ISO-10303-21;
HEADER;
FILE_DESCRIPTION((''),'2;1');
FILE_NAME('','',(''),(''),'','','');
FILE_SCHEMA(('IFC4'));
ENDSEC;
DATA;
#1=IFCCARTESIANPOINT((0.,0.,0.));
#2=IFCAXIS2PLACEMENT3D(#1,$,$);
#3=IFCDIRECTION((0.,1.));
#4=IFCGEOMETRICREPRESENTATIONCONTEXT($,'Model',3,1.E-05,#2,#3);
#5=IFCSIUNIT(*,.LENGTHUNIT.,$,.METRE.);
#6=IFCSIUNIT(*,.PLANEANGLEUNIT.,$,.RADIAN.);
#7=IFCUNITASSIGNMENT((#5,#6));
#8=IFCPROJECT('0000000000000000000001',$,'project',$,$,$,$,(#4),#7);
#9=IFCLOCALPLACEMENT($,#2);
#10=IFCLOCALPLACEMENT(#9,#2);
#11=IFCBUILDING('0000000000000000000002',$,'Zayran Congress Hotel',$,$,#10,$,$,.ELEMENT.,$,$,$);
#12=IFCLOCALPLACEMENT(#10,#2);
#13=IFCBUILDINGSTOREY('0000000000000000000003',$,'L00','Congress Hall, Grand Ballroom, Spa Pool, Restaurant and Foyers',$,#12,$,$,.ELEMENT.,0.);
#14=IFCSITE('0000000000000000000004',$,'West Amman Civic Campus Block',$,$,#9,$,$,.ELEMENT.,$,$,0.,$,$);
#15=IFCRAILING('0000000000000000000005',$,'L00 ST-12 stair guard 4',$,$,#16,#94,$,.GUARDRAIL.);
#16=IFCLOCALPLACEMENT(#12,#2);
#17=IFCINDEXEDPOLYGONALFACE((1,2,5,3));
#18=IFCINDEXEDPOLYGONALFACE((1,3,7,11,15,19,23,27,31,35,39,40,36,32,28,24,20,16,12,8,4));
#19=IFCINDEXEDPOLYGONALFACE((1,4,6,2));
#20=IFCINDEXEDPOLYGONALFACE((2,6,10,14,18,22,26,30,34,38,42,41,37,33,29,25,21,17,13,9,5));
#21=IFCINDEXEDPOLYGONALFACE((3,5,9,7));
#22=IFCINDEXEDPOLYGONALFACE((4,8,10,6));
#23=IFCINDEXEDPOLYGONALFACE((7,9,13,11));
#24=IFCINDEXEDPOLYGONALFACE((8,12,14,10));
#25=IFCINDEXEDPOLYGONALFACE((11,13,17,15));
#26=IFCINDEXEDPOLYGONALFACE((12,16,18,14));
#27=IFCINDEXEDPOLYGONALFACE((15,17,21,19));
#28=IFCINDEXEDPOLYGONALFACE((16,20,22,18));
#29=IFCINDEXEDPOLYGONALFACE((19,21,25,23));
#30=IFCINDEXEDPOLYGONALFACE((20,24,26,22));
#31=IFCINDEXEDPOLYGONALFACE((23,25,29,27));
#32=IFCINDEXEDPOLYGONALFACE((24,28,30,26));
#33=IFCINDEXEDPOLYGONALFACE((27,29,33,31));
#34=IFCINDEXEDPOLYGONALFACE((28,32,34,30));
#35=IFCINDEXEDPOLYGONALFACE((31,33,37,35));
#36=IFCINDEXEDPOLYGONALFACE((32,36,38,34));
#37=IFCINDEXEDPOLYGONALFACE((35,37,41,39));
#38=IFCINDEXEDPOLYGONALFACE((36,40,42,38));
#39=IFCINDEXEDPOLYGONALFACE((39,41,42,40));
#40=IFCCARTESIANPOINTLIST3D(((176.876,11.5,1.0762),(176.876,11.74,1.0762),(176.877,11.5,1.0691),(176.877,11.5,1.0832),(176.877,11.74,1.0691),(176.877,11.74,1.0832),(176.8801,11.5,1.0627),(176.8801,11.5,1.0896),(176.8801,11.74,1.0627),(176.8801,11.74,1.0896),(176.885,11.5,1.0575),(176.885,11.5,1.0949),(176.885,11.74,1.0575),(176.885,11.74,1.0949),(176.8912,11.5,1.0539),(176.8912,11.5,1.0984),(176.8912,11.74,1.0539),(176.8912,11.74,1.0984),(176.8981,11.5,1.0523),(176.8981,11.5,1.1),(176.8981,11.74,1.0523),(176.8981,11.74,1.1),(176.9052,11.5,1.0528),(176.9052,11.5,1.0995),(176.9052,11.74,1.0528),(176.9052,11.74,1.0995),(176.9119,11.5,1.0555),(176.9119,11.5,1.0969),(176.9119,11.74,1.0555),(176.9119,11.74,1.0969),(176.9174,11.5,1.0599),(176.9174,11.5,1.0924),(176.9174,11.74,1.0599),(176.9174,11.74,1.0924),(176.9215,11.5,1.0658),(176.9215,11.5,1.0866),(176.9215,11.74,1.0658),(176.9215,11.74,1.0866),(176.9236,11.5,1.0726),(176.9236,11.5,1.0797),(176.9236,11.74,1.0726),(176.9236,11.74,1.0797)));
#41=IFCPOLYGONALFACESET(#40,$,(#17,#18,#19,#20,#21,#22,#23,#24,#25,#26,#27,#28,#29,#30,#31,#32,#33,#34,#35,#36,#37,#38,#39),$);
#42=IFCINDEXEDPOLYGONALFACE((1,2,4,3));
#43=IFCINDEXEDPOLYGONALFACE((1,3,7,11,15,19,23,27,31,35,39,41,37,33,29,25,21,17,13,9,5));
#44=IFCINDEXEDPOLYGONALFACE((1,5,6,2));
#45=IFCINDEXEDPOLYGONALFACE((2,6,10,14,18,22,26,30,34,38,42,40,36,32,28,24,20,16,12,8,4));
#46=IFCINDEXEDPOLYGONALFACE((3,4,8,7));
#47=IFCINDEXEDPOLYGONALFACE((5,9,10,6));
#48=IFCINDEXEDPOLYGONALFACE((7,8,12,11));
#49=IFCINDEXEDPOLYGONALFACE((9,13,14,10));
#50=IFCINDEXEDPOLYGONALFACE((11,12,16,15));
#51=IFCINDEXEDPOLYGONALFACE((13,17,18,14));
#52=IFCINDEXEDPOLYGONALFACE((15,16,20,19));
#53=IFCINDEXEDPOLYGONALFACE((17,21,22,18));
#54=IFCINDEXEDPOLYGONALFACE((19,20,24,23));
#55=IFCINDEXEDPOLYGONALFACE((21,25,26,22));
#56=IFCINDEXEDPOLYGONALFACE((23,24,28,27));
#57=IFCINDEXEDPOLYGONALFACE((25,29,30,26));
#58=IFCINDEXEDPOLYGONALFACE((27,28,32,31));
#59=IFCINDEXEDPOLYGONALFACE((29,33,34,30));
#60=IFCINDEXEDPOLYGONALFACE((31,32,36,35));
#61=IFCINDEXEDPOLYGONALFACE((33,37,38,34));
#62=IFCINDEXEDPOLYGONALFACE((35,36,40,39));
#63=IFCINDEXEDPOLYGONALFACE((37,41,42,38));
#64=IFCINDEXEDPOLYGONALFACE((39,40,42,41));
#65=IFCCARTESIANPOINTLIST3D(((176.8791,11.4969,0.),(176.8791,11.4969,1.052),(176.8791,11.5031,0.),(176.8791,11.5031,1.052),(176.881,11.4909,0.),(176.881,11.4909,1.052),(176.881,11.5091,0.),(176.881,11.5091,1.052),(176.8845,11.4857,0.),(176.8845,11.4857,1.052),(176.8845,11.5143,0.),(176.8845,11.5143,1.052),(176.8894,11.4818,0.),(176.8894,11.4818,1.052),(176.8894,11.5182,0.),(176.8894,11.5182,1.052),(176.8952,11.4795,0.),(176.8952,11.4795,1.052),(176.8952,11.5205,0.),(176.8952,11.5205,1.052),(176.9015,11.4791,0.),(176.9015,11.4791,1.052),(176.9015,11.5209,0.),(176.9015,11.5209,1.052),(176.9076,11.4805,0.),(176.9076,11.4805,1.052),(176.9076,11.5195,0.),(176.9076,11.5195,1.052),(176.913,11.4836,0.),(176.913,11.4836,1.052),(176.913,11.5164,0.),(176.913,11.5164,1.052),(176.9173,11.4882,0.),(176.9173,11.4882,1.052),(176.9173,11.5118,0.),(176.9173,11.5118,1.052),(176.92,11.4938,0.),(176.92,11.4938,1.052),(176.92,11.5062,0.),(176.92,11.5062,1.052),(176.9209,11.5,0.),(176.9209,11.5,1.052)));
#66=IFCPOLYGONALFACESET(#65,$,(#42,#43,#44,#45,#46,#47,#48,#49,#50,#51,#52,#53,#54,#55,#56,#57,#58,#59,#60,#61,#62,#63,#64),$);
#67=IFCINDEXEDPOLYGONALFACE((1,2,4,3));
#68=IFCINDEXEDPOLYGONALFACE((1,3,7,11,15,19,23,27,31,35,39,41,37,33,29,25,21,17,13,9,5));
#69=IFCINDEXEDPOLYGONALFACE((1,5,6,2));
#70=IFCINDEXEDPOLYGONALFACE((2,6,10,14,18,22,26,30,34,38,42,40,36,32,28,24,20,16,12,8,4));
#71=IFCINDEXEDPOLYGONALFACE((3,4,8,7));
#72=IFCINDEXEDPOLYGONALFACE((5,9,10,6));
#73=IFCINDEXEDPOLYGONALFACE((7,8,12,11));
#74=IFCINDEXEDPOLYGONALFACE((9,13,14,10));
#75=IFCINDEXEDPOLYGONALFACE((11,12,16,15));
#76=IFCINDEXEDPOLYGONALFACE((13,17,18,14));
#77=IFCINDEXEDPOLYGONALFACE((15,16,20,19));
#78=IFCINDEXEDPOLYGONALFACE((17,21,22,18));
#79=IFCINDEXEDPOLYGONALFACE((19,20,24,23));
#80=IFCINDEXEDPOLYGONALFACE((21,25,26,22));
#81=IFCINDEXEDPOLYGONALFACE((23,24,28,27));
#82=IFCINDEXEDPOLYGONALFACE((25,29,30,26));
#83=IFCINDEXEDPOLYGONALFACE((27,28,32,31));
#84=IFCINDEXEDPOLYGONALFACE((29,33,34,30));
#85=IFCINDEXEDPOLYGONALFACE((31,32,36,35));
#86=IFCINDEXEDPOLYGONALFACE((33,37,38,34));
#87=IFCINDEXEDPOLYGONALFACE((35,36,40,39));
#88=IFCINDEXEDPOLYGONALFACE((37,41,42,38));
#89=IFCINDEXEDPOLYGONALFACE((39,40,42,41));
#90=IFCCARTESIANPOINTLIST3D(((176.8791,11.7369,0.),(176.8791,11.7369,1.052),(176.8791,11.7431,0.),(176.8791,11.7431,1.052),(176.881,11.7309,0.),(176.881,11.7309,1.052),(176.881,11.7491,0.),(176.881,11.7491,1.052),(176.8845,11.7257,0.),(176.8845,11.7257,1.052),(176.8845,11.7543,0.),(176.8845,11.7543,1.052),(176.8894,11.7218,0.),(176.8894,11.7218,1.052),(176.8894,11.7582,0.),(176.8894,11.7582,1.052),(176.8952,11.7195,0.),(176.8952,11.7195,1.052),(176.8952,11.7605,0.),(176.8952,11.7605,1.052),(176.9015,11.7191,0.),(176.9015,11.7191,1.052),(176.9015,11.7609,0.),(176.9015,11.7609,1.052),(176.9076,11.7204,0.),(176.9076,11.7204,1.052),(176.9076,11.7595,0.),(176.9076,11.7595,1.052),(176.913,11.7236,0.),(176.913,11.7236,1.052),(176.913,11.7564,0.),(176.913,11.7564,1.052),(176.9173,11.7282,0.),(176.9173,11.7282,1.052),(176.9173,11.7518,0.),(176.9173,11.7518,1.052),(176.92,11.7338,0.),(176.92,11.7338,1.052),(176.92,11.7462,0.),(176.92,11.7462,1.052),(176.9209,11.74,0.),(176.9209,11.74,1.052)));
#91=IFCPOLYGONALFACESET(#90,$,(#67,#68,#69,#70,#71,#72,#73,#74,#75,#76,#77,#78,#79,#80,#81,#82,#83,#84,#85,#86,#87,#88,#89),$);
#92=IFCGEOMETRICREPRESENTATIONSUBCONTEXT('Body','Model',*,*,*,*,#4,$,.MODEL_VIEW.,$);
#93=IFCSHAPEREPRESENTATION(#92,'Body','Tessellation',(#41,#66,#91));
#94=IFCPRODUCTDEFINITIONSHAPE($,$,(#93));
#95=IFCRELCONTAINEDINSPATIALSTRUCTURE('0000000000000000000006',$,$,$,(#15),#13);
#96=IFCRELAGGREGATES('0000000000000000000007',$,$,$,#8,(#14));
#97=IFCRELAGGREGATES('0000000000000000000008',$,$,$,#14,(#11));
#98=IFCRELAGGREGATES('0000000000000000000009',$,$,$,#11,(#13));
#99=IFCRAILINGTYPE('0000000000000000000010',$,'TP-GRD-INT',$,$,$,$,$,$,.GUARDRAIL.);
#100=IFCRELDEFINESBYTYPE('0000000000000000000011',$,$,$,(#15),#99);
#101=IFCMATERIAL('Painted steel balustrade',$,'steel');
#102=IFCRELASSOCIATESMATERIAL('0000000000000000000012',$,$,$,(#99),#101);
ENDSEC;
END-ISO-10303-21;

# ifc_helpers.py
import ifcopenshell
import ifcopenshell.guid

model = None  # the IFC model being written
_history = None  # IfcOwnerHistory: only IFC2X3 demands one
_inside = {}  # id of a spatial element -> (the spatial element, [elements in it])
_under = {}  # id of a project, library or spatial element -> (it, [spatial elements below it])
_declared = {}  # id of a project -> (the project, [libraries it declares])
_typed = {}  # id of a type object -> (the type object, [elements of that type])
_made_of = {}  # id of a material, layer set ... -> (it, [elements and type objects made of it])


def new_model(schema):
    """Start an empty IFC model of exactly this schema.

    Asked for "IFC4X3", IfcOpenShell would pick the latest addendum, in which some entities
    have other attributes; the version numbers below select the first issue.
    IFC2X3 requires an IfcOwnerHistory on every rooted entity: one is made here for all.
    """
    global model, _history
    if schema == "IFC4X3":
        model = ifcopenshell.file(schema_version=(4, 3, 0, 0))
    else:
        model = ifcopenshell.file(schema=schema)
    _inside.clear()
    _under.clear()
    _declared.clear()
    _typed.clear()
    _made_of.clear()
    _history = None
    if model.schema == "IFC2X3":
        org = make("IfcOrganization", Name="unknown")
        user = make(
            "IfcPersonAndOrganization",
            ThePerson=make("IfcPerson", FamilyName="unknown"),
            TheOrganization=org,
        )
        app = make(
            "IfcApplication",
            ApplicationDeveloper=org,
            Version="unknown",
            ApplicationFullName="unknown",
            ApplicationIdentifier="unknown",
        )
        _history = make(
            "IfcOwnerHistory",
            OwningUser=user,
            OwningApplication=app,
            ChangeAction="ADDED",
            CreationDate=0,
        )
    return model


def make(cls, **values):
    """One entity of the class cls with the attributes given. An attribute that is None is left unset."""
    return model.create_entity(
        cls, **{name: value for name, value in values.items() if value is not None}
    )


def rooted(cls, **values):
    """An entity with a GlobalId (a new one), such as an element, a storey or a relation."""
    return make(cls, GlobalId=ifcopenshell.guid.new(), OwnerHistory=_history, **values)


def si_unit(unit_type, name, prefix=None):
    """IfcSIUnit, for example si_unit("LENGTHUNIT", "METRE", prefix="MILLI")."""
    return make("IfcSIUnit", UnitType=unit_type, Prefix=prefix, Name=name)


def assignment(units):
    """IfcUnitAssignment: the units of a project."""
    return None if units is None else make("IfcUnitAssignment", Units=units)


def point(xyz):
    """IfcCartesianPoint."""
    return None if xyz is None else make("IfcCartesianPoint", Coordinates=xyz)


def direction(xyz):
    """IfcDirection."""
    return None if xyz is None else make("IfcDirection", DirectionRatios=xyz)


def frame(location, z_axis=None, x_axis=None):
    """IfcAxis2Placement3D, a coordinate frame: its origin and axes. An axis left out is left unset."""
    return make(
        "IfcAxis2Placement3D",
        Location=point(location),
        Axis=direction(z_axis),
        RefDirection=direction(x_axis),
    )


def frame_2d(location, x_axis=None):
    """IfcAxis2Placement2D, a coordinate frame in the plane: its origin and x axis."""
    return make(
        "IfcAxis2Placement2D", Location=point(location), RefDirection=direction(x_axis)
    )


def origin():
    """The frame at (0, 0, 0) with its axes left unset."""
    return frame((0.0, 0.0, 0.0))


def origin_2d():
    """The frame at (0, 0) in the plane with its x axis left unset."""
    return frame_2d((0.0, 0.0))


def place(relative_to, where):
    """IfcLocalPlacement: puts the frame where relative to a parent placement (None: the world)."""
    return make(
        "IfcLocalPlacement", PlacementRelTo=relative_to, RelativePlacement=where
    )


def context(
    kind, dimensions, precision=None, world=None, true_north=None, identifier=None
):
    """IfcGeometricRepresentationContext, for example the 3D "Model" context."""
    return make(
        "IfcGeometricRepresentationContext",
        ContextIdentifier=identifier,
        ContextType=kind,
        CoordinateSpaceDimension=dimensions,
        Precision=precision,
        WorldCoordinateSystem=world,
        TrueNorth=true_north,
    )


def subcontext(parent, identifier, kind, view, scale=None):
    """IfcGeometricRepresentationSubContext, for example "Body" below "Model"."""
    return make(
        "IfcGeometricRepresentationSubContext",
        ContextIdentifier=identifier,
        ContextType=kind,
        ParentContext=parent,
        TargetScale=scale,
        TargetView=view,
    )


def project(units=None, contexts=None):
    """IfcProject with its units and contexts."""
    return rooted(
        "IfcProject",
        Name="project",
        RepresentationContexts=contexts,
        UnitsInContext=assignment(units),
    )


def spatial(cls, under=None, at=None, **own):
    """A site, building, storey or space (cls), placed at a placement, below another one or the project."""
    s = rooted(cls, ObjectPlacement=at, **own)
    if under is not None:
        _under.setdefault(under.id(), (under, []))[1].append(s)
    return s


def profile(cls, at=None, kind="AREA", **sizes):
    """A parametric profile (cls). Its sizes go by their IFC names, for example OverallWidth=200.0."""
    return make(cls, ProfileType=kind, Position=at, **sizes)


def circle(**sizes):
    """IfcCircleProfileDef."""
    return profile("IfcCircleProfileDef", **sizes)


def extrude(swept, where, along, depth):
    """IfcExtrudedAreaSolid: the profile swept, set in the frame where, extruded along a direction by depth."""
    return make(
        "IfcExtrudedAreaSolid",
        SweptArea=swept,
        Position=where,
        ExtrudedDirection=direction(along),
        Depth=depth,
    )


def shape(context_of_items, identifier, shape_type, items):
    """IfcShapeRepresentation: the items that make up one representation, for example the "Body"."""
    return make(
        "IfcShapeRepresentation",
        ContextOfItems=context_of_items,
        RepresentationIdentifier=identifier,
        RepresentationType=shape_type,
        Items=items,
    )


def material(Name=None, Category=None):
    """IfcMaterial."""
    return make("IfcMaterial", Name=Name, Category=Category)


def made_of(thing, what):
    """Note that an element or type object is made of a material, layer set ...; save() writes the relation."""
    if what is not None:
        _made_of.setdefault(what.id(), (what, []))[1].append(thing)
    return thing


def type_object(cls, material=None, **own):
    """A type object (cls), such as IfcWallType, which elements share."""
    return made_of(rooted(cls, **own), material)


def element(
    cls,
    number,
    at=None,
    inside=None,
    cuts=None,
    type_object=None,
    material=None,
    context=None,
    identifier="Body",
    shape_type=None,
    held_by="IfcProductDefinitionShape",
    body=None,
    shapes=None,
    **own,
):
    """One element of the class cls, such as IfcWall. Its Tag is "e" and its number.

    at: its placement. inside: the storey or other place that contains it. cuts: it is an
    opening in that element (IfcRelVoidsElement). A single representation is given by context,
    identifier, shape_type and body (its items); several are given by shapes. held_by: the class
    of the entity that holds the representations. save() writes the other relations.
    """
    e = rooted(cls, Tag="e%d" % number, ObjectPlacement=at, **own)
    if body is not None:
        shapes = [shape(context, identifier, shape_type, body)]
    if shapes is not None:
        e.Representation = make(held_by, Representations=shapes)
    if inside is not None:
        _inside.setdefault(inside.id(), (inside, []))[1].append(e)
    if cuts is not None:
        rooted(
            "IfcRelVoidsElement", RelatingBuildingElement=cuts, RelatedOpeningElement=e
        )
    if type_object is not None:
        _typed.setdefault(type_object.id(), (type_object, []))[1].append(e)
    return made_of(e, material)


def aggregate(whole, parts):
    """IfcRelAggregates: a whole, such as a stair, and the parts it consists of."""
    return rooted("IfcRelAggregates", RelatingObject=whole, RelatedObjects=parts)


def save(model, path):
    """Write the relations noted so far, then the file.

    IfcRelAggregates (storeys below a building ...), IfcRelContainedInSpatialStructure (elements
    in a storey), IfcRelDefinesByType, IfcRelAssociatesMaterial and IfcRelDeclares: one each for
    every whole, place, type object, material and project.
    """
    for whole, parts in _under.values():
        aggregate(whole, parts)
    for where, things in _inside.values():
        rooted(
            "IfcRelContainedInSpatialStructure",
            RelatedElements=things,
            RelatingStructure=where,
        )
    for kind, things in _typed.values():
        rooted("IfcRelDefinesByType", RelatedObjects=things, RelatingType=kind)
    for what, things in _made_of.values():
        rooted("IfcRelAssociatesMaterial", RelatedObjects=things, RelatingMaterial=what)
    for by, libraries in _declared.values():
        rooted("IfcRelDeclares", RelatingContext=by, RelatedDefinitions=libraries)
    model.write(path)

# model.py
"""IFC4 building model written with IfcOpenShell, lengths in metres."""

from ifc_helpers import new_model, si_unit, direction, frame, origin, origin_2d, place, context, subcontext, project, spatial, circle, extrude, material, type_object, element, save


model = new_model("IFC4")

# Units and contexts
model_context = context("Model", 3, precision=1e-05, world=origin(), true_north=direction((0.0, 1.0)))
body_context = subcontext(model_context, "Body", "Model", "MODEL_VIEW")
ifc_project = project(units=[si_unit("LENGTHUNIT", "METRE"), si_unit("PLANEANGLEUNIT", "RADIAN")], contexts=[model_context])

# Site, building, storey
site_placement = place(None, origin())
site = spatial("IfcSite", under=ifc_project, at=site_placement, Name="West Amman Civic Campus Block", CompositionType="ELEMENT", RefElevation=0.0)
building_placement = place(site_placement, origin())
building = spatial("IfcBuilding", under=site, at=building_placement, Name="Zayran Congress Hotel", CompositionType="ELEMENT")
storey_placement = place(building_placement, origin())
storey = spatial("IfcBuildingStorey", under=building, at=storey_placement, Name="L00", Description="Congress Hall, Grand Ballroom, Spa Pool, Restaurant and Foyers", CompositionType="ELEMENT", Elevation=0.0)

# Railing
ifc_material_1 = material(Name="Painted steel balustrade", Category="steel")
railing_type_1 = type_object("IfcRailingType", Name="TP-GRD-INT", PredefinedType="GUARDRAIL", material=ifc_material_1)
railing_1_placement = place(storey_placement, frame((176.8999, 11.5, 0.0)))
element("IfcRailing", 1, at=railing_1_placement, inside=storey, type_object=railing_type_1, Name="L00 ST-12 stair guard 4", PredefinedType="GUARDRAIL", context=body_context, shape_type="SweptSolid", body=[
    extrude(circle(Radius=0.0239, at=origin_2d()), frame((0.0, 0.0, 1.0762), z_axis=(0.0, 1.0, 0.0), x_axis=(-1.0, 0.0, 0.0)), (0.0, 0.0, 1.0), 0.24),
    extrude(circle(Radius=0.021, at=origin_2d()), origin(), (0.0, 0.0, 1.0), 1.052),
    extrude(circle(Radius=0.021, at=origin_2d()), frame((0.0, 0.24, 0.0)), (0.0, 0.0, 1.0), 1.052),
])

save(model, "model.ifc")
